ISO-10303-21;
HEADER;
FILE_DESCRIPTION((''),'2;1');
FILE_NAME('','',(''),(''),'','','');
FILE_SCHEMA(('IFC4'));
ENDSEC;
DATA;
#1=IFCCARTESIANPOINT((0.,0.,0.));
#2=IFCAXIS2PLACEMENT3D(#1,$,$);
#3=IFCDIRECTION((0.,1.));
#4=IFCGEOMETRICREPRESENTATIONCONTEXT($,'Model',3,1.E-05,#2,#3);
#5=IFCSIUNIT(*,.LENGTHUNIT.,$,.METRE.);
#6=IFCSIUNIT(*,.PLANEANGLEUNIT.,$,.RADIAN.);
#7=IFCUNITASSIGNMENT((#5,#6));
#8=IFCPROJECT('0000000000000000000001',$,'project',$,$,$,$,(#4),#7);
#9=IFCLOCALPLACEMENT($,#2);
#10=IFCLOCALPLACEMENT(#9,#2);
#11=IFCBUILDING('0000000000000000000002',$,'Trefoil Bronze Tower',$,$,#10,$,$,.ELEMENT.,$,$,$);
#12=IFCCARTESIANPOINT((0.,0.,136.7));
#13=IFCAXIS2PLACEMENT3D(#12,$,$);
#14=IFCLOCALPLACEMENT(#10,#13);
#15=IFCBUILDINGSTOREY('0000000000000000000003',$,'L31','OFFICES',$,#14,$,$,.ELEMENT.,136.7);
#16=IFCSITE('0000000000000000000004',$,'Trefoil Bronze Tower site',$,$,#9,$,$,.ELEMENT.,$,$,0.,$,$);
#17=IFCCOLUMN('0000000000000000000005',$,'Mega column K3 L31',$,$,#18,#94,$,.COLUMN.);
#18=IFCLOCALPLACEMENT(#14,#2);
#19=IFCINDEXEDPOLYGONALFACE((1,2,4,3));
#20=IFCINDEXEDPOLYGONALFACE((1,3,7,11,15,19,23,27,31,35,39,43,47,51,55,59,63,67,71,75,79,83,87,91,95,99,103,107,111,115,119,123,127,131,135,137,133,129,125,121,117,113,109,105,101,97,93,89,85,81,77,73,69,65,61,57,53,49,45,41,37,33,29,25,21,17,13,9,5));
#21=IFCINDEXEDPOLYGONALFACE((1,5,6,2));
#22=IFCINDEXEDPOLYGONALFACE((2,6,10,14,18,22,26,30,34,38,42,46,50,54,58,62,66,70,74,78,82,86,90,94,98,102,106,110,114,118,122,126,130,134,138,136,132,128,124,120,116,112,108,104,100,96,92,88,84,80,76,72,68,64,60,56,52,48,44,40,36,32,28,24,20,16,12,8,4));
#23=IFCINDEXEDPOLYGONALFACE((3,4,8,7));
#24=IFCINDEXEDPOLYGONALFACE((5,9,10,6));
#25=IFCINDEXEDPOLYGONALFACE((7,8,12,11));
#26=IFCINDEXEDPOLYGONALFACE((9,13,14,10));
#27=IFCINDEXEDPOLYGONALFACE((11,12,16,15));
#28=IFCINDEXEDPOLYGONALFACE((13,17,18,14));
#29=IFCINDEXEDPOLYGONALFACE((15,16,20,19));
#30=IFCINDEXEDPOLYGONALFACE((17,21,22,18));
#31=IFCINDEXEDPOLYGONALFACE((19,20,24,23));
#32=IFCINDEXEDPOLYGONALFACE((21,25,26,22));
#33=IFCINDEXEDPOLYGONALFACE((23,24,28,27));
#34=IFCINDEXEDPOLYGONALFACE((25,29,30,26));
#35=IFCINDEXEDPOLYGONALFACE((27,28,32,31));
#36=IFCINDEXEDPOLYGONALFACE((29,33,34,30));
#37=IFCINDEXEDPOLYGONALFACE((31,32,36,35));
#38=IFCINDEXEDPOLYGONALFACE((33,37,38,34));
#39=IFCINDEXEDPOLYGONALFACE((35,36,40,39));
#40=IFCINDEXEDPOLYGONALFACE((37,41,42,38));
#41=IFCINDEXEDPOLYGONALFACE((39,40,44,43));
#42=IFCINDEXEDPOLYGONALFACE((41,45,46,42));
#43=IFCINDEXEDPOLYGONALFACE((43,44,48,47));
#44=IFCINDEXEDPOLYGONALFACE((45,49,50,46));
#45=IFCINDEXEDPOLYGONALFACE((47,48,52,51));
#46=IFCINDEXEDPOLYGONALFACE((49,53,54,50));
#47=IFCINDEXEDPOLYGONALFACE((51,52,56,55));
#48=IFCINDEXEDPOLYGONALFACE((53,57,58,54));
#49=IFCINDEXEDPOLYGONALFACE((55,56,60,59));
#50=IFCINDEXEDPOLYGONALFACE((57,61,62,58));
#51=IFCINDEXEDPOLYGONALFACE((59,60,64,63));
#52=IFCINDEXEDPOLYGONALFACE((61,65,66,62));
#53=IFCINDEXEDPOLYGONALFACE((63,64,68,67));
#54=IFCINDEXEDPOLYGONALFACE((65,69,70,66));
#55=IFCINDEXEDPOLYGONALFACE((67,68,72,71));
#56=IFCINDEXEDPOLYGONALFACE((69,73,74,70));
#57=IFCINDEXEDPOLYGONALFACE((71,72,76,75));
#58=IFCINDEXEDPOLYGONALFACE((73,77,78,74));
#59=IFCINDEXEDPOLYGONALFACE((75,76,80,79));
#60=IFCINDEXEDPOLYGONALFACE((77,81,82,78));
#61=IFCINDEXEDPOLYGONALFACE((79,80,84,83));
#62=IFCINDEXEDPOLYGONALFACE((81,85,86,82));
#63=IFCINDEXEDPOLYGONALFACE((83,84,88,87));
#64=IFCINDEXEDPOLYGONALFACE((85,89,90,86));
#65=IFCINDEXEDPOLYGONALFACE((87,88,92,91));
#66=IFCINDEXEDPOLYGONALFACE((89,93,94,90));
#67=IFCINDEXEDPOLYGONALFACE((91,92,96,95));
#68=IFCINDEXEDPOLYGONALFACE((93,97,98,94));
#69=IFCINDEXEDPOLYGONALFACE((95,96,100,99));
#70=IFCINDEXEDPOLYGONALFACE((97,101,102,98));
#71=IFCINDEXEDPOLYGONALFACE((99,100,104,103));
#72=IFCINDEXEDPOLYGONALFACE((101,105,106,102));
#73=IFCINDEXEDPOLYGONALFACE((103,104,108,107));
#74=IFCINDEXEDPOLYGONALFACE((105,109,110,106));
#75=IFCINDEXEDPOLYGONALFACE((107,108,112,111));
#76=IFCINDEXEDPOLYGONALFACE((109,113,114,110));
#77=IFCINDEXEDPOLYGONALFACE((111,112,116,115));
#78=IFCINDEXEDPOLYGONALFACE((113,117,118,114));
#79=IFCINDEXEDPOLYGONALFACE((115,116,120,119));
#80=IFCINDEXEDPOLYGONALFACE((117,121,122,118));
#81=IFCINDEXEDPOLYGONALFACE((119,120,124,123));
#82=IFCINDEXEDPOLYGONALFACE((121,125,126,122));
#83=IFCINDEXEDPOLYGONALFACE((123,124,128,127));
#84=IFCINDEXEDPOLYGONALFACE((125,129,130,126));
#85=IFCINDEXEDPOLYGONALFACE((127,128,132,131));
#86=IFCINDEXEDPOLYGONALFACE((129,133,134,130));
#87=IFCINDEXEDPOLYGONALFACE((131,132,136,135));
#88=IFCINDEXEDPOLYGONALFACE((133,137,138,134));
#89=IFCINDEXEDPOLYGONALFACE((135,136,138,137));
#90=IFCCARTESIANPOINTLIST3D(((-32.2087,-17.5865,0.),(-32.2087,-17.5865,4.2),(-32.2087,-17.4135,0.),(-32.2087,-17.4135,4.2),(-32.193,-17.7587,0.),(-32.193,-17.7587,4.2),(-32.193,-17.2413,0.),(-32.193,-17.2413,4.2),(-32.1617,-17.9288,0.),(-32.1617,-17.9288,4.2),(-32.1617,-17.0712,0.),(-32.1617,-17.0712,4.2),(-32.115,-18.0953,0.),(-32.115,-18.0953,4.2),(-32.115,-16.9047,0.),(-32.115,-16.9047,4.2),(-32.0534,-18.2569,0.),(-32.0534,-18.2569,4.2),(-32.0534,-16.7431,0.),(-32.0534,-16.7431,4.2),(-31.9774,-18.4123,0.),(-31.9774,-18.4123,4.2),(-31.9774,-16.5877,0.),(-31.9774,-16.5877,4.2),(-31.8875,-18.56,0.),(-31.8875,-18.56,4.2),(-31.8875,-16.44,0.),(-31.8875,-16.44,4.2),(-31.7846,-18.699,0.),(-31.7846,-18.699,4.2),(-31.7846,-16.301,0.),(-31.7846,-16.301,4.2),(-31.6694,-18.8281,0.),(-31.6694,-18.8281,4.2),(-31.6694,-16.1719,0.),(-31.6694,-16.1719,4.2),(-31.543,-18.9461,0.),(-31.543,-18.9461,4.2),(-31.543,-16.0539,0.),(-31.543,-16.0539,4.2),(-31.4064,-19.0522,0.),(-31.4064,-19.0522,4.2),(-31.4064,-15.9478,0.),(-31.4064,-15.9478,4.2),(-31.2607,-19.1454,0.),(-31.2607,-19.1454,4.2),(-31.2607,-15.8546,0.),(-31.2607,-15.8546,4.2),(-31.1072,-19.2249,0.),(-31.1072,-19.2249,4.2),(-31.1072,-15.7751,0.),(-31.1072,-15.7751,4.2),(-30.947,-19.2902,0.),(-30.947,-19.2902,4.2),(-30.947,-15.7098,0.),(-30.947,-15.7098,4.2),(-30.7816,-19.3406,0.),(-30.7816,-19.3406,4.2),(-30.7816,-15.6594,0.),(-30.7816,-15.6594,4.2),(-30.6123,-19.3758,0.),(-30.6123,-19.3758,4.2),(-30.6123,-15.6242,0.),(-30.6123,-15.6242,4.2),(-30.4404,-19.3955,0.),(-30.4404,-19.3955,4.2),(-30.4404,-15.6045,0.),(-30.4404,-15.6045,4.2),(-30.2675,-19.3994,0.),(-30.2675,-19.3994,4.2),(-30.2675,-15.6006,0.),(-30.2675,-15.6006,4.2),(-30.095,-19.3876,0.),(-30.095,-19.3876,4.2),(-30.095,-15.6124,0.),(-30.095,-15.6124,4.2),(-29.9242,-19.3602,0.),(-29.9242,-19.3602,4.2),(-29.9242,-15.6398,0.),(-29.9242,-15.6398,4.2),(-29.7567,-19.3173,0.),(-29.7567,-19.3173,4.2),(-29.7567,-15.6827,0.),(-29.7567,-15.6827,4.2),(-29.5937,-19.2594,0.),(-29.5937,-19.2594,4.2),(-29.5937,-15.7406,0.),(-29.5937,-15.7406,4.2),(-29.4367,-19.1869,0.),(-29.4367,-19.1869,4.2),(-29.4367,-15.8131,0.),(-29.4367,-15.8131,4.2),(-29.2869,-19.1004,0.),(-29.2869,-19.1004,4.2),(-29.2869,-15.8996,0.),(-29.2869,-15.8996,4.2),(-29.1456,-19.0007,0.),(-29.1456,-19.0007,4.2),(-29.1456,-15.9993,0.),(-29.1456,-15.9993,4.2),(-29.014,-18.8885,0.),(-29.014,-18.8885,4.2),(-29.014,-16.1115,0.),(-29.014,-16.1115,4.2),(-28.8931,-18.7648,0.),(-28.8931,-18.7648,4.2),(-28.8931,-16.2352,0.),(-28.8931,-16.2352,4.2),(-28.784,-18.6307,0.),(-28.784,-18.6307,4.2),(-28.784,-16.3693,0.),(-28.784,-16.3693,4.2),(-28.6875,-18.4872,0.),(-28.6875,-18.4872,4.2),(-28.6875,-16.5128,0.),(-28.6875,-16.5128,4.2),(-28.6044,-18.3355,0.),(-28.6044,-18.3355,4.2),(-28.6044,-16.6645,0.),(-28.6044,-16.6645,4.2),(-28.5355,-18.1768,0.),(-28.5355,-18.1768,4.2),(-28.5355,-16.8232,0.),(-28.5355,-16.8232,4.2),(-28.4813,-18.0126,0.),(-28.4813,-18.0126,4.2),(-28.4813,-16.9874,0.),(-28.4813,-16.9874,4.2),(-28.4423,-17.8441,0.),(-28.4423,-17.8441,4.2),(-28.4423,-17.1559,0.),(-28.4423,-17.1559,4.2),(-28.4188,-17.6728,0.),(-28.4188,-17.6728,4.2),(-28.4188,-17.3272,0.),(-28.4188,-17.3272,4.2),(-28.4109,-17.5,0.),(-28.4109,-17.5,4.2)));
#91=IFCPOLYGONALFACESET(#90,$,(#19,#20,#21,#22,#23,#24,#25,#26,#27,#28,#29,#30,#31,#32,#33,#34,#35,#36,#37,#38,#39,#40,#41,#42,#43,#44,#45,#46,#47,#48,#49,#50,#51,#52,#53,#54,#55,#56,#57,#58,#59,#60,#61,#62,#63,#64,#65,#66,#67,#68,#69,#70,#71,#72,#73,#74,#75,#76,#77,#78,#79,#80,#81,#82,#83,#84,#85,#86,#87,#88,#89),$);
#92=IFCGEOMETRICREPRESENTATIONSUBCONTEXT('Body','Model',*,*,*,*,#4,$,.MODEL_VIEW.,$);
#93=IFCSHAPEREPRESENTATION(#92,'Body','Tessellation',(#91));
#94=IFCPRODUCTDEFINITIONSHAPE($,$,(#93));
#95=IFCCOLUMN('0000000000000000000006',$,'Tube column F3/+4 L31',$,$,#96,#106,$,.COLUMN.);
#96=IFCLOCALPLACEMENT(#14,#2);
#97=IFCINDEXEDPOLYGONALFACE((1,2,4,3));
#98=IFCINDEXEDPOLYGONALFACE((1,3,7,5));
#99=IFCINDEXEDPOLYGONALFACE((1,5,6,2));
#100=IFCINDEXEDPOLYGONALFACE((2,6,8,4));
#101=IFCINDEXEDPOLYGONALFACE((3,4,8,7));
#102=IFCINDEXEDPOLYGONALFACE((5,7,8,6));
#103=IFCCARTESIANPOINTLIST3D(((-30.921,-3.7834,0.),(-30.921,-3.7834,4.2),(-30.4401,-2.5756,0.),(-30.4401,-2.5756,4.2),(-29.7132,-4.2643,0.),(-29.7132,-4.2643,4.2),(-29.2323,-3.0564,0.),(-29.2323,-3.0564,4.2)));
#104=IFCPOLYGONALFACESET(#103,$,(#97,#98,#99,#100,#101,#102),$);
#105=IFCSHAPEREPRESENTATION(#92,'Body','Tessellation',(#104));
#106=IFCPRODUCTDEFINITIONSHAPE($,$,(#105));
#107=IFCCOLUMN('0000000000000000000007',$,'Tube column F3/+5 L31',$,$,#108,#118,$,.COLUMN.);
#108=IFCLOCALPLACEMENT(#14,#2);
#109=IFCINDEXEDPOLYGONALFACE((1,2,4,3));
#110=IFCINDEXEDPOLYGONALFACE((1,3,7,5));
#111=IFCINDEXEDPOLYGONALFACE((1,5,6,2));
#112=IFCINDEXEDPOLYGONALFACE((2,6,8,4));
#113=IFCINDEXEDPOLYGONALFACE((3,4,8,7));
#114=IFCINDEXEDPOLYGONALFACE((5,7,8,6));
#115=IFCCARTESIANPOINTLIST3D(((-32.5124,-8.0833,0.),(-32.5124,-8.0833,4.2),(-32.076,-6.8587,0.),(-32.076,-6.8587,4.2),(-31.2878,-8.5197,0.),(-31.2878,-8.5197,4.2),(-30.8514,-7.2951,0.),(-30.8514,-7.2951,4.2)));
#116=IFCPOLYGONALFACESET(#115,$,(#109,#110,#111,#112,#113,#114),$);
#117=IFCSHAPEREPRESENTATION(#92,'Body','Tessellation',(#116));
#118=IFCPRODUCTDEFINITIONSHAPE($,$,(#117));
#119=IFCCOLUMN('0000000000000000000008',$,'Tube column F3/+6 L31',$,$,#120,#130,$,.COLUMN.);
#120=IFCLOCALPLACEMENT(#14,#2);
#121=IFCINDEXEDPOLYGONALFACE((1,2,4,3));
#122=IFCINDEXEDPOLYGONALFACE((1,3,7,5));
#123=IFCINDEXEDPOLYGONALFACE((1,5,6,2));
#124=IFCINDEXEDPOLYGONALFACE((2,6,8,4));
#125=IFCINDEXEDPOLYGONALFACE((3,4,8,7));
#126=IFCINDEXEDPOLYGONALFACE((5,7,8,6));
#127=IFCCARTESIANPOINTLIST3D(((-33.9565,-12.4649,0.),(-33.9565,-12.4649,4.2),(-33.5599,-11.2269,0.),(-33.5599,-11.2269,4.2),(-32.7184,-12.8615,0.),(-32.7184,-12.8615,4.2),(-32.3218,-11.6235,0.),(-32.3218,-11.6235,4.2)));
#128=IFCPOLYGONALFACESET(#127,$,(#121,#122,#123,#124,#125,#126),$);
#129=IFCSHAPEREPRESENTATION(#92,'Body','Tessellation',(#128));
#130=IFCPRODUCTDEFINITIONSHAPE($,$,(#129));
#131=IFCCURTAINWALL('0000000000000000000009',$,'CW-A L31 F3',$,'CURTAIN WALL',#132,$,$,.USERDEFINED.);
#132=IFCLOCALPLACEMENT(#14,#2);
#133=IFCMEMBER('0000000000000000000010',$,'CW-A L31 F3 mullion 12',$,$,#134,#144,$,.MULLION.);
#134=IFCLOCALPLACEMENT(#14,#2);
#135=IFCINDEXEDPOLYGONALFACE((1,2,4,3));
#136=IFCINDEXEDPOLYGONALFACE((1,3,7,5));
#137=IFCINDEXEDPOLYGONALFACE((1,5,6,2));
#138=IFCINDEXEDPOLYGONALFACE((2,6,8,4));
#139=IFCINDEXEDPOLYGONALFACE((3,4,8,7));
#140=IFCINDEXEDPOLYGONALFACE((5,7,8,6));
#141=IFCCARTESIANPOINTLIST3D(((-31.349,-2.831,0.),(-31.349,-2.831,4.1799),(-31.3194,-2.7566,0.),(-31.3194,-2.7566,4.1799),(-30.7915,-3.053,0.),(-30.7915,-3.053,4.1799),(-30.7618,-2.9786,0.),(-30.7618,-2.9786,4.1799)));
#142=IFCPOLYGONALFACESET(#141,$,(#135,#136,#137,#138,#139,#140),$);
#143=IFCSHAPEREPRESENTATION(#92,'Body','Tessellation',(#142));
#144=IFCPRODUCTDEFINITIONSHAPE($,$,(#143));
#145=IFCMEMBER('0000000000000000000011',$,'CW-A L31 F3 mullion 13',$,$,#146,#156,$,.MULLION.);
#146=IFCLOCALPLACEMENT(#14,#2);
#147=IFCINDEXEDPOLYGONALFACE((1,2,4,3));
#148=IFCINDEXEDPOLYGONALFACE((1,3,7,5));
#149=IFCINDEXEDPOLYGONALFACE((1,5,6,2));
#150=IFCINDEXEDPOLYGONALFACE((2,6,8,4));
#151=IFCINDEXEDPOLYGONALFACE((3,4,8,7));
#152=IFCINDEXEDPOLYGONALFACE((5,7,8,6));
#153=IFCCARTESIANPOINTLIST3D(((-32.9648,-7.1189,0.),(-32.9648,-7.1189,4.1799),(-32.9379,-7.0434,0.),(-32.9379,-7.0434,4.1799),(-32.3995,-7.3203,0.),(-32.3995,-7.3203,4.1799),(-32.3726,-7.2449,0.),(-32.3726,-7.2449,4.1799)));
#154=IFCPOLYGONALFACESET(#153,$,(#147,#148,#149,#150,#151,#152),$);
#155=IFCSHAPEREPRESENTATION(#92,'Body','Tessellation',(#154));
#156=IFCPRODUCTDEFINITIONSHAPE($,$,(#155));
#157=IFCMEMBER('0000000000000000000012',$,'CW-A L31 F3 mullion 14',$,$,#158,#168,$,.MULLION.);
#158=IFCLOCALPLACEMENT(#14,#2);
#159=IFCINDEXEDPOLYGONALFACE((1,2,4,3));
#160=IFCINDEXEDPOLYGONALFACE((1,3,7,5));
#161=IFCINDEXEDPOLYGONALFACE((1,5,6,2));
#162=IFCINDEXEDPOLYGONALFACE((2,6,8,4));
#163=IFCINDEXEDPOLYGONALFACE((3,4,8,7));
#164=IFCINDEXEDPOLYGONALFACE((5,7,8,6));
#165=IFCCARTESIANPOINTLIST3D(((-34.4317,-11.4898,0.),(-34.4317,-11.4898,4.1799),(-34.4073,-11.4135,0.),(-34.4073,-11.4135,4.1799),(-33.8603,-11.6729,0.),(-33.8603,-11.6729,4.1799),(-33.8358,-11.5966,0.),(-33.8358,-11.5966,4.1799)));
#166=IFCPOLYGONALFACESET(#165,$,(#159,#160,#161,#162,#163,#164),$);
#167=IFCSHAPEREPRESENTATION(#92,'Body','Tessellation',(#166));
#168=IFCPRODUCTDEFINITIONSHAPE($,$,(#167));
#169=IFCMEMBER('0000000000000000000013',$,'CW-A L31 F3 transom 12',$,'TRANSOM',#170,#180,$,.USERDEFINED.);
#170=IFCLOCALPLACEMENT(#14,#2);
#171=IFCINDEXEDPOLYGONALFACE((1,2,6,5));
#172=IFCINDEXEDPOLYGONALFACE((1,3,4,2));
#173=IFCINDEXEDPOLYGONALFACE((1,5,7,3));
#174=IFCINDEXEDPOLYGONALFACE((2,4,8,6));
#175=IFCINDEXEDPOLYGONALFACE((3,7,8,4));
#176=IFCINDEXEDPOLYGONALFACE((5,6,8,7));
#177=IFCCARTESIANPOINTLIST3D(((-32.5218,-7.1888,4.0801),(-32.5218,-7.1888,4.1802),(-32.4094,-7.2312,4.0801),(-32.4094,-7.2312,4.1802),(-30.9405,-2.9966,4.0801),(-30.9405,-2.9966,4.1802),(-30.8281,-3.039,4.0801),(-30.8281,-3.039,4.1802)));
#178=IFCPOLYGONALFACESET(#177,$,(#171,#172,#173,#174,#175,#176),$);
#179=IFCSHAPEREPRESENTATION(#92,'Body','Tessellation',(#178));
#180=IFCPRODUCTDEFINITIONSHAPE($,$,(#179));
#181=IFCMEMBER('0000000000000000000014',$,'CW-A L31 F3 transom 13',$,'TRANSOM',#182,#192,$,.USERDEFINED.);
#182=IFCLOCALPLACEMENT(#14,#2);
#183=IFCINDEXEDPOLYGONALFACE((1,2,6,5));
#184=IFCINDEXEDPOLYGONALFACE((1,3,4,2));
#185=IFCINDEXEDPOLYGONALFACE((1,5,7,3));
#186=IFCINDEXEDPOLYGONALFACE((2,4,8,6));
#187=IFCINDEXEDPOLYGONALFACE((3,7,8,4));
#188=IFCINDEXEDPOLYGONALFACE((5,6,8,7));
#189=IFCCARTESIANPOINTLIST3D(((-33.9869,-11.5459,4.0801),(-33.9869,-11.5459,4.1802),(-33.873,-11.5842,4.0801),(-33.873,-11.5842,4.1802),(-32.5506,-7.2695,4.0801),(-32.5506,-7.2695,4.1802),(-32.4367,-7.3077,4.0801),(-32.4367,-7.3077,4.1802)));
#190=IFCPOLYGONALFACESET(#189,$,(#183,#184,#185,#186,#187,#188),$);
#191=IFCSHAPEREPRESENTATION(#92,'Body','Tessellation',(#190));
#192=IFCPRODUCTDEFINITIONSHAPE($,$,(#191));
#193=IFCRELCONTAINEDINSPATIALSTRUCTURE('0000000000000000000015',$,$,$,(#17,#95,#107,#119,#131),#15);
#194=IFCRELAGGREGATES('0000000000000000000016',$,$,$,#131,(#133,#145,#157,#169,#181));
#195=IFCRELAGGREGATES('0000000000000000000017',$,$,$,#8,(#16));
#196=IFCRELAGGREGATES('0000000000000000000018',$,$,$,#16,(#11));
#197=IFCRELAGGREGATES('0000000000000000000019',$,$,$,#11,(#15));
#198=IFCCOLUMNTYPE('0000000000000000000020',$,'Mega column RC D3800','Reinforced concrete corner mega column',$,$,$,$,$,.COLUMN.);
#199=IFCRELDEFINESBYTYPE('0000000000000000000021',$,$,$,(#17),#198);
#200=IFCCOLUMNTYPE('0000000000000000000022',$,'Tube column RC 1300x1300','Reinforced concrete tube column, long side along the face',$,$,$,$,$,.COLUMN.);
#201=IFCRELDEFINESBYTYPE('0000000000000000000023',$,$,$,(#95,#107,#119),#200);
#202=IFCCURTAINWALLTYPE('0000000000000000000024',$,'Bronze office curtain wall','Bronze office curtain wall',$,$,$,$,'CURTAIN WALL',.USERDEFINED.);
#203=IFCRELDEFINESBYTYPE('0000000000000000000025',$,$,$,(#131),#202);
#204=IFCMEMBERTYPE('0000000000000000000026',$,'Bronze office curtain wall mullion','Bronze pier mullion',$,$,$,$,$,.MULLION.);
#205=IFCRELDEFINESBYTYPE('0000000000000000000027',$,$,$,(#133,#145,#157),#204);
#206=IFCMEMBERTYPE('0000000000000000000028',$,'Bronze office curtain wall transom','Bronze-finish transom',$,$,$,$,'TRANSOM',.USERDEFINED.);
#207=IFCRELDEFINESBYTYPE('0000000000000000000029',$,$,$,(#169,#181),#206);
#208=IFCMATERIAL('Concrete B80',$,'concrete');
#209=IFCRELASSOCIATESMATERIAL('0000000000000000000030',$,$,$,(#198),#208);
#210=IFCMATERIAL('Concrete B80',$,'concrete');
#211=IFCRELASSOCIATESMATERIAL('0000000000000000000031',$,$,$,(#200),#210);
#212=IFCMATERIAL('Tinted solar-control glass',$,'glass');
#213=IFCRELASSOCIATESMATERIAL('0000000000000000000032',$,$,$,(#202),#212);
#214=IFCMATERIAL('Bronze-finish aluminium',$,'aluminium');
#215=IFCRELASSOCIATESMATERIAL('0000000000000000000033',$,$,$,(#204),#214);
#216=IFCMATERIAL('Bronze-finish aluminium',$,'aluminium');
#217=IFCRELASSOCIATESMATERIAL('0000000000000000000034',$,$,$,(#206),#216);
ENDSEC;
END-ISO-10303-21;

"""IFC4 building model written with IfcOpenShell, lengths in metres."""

from ifc_helpers import new_model, si_unit, direction, frame, origin, origin_2d, place, context, subcontext, project, spatial, rectangle, circle, extrude, material, material_profile, profile_set, type_object, element, aggregate, save


model = new_model("IFC4")

# Units and contexts
model_context = context("Model", 3, precision=1e-05, world=origin(), true_north=direction((0.0, 1.0)))
body_context = subcontext(model_context, "Body", "Model", "MODEL_VIEW")
ifc_project = project(units=[si_unit("LENGTHUNIT", "METRE"), si_unit("PLANEANGLEUNIT", "RADIAN")], contexts=[model_context])

# Site, building, storey
site_placement = place(None, origin())
site = spatial("IfcSite", under=ifc_project, at=site_placement, Name="Trefoil Bronze Tower site", CompositionType="ELEMENT", RefElevation=0.0)
building_placement = place(site_placement, origin())
building = spatial("IfcBuilding", under=site, at=building_placement, Name="Trefoil Bronze Tower", CompositionType="ELEMENT")
storey_placement = place(building_placement, frame((0.0, 0.0, 136.7)))
storey = spatial("IfcBuildingStorey", under=building, at=storey_placement, Name="L31", Description="OFFICES", CompositionType="ELEMENT", Elevation=136.7)

# Columns
ifc_material_1 = material(Name="Concrete B80", Category="concrete")
ifc_material_profile_1 = material_profile(ifc_material_1, circle(Radius=1.8999, at=origin_2d()), Name="RC D3800")
ifc_profile_set_1 = profile_set([ifc_material_profile_1], Name="Concrete B80")
column_type_1 = type_object("IfcColumnType", Name="Mega column RC D3800", Description="Reinforced concrete corner mega column", PredefinedType="COLUMN", material=ifc_profile_set_1)
column_placement = place(storey_placement, frame((-30.3108, -17.5, 0.0), z_axis=(0.0, 0.0, 1.0), x_axis=(1.0, 0.0, 0.0)))
element("IfcColumn", 1, at=column_placement, inside=storey, type_object=column_type_1, Name="Mega column K3 L31", PredefinedType="COLUMN", context=body_context, shape_type="SweptSolid", body=[
    extrude(circle(Radius=1.8999, at=origin_2d()), origin(), (0.0, 0.0, 1.0), 4.2),
])
ifc_material_2 = material(Name="Concrete B80", Category="concrete")
ifc_material_profile_2 = material_profile(ifc_material_2, rectangle(XDim=1.3, YDim=1.3, at=origin_2d()), Name="RC 1300x1300")
ifc_profile_set_2 = profile_set([ifc_material_profile_2], Name="Concrete B80")
column_type_2 = type_object("IfcColumnType", Name="Tube column RC 1300x1300", Description="Reinforced concrete tube column, long side along the face", PredefinedType="COLUMN", material=ifc_profile_set_2)
for number, where, z_axis, x_axis, name in (
    (2, (-30.0767, -3.4199, 0.0), (0.0, 0.0, 1.0), (-0.369901, -0.929071, 0.0), "Tube column F3/+4 L31"),
    (3, (-31.6819, -7.6892, 0.0), (0.0, 0.0, 1.0), (-0.335718, -0.941963, 0.0), "Tube column F3/+5 L31"),
    (4, (-33.1392, -12.0442, 0.0), (0.0, 0.0, 1.0), (-0.305066, -0.952331, 0.0), "Tube column F3/+6 L31"),
):
    element("IfcColumn", number, at=place(storey_placement, frame(where, z_axis=z_axis, x_axis=x_axis)), inside=storey, type_object=column_type_2, Name=name, PredefinedType="COLUMN", context=body_context, shape_type="SweptSolid", body=[
        extrude(rectangle(XDim=1.3, YDim=1.3, at=origin_2d()), origin(), (0.0, 0.0, 1.0), 4.2),
    ])

# Curtain wall, members
ifc_material_3 = material(Name="Tinted solar-control glass", Category="glass")
curtain_wall_type_1 = type_object("IfcCurtainWallType", Name="Bronze office curtain wall", Description="Bronze office curtain wall", ElementType="CURTAIN WALL", PredefinedType="USERDEFINED", material=ifc_material_3)
curtain_wall_1_placement = place(storey_placement, origin())
curtain_wall_1 = element("IfcCurtainWall", 5, at=curtain_wall_1_placement, inside=storey, type_object=curtain_wall_type_1, Name="CW-A L31 F3", ObjectType="CURTAIN WALL", PredefinedType="USERDEFINED")
ifc_material_4 = material(Name="Bronze-finish aluminium", Category="aluminium")
ifc_material_profile_3 = material_profile(ifc_material_4, rectangle(XDim=0.6001, YDim=0.0801, at=origin_2d()), Name="CW-A mullion")
ifc_profile_set_3 = profile_set([ifc_material_profile_3], Name="Bronze-finish aluminium")
member_type_1 = type_object("IfcMemberType", Name="Bronze office curtain wall mullion", Description="Bronze pier mullion", PredefinedType="MULLION", material=ifc_profile_set_3)
member_1_placement = place(storey_placement, frame((-31.0554, -2.9048, 0.0), z_axis=(0.0, 0.0, 1.0), x_axis=(0.929071, -0.369901, 0.0)))
member_1 = element("IfcMember", 6, at=member_1_placement, type_object=member_type_1, Name="CW-A L31 F3 mullion 12", PredefinedType="MULLION", context=body_context, shape_type="SweptSolid", body=[
    extrude(rectangle(XDim=0.6001, YDim=0.0801, at=origin_2d()), origin(), (0.0, 0.0, 1.0), 4.1799),
])
member_2_placement = place(storey_placement, frame((-32.6687, -7.1819, 0.0), z_axis=(0.0, 0.0, 1.0), x_axis=(0.941963, -0.335718, 0.0)))
member_2 = element("IfcMember", 7, at=member_2_placement, type_object=member_type_1, Name="CW-A L31 F3 mullion 13", PredefinedType="MULLION", context=body_context, shape_type="SweptSolid", body=[
    extrude(rectangle(XDim=0.6001, YDim=0.0801, at=origin_2d()), origin(), (0.0, 0.0, 1.0), 4.1799),
])
member_3_placement = place(storey_placement, frame((-34.1338, -11.5432, 0.0), z_axis=(0.0, 0.0, 1.0), x_axis=(0.952331, -0.305066, 0.0)))
member_3 = element("IfcMember", 8, at=member_3_placement, type_object=member_type_1, Name="CW-A L31 F3 mullion 14", PredefinedType="MULLION", context=body_context, shape_type="SweptSolid", body=[
    extrude(rectangle(XDim=0.6001, YDim=0.0801, at=origin_2d()), origin(), (0.0, 0.0, 1.0), 4.1799),
])
ifc_material_5 = material(Name="Bronze-finish aluminium", Category="aluminium")
ifc_material_profile_4 = material_profile(ifc_material_5, rectangle(XDim=0.1201, YDim=0.1001, at=origin_2d()), Name="CW-A transom")
ifc_profile_set_4 = profile_set([ifc_material_profile_4], Name="Bronze-finish aluminium")
member_type_2 = type_object("IfcMemberType", Name="Bronze office curtain wall transom", Description="Bronze-finish transom", ElementType="TRANSOM", PredefinedType="USERDEFINED", material=ifc_profile_set_4)
member_4_placement = place(storey_placement, frame((-30.8843, -3.0178, 4.1301), z_axis=(-0.352932, -0.935649, 0.0), x_axis=(0.935649, -0.352932, 0.0)))
member_4 = element("IfcMember", 9, at=member_4_placement, type_object=member_type_2, Name="CW-A L31 F3 transom 12", ObjectType="TRANSOM", PredefinedType="USERDEFINED", context=body_context, shape_type="SweptSolid", body=[
    extrude(rectangle(XDim=0.1201, YDim=0.1001, at=origin_2d()), origin(), (0.0, 0.0, 1.0), 4.4805),
])
member_5_placement = place(storey_placement, frame((-32.4937, -7.2886, 4.1301), z_axis=(-0.318386, -0.947961, 0.0), x_axis=(0.947961, -0.318386, 0.0)))
member_5 = element("IfcMember", 10, at=member_5_placement, type_object=member_type_2, Name="CW-A L31 F3 transom 13", ObjectType="TRANSOM", PredefinedType="USERDEFINED", context=body_context, shape_type="SweptSolid", body=[
    extrude(rectangle(XDim=0.1201, YDim=0.1001, at=origin_2d()), origin(), (0.0, 0.0, 1.0), 4.5112),
])

aggregate(curtain_wall_1, [member_1, member_2, member_3, member_4, member_5])

save(model, "model.ifc")
